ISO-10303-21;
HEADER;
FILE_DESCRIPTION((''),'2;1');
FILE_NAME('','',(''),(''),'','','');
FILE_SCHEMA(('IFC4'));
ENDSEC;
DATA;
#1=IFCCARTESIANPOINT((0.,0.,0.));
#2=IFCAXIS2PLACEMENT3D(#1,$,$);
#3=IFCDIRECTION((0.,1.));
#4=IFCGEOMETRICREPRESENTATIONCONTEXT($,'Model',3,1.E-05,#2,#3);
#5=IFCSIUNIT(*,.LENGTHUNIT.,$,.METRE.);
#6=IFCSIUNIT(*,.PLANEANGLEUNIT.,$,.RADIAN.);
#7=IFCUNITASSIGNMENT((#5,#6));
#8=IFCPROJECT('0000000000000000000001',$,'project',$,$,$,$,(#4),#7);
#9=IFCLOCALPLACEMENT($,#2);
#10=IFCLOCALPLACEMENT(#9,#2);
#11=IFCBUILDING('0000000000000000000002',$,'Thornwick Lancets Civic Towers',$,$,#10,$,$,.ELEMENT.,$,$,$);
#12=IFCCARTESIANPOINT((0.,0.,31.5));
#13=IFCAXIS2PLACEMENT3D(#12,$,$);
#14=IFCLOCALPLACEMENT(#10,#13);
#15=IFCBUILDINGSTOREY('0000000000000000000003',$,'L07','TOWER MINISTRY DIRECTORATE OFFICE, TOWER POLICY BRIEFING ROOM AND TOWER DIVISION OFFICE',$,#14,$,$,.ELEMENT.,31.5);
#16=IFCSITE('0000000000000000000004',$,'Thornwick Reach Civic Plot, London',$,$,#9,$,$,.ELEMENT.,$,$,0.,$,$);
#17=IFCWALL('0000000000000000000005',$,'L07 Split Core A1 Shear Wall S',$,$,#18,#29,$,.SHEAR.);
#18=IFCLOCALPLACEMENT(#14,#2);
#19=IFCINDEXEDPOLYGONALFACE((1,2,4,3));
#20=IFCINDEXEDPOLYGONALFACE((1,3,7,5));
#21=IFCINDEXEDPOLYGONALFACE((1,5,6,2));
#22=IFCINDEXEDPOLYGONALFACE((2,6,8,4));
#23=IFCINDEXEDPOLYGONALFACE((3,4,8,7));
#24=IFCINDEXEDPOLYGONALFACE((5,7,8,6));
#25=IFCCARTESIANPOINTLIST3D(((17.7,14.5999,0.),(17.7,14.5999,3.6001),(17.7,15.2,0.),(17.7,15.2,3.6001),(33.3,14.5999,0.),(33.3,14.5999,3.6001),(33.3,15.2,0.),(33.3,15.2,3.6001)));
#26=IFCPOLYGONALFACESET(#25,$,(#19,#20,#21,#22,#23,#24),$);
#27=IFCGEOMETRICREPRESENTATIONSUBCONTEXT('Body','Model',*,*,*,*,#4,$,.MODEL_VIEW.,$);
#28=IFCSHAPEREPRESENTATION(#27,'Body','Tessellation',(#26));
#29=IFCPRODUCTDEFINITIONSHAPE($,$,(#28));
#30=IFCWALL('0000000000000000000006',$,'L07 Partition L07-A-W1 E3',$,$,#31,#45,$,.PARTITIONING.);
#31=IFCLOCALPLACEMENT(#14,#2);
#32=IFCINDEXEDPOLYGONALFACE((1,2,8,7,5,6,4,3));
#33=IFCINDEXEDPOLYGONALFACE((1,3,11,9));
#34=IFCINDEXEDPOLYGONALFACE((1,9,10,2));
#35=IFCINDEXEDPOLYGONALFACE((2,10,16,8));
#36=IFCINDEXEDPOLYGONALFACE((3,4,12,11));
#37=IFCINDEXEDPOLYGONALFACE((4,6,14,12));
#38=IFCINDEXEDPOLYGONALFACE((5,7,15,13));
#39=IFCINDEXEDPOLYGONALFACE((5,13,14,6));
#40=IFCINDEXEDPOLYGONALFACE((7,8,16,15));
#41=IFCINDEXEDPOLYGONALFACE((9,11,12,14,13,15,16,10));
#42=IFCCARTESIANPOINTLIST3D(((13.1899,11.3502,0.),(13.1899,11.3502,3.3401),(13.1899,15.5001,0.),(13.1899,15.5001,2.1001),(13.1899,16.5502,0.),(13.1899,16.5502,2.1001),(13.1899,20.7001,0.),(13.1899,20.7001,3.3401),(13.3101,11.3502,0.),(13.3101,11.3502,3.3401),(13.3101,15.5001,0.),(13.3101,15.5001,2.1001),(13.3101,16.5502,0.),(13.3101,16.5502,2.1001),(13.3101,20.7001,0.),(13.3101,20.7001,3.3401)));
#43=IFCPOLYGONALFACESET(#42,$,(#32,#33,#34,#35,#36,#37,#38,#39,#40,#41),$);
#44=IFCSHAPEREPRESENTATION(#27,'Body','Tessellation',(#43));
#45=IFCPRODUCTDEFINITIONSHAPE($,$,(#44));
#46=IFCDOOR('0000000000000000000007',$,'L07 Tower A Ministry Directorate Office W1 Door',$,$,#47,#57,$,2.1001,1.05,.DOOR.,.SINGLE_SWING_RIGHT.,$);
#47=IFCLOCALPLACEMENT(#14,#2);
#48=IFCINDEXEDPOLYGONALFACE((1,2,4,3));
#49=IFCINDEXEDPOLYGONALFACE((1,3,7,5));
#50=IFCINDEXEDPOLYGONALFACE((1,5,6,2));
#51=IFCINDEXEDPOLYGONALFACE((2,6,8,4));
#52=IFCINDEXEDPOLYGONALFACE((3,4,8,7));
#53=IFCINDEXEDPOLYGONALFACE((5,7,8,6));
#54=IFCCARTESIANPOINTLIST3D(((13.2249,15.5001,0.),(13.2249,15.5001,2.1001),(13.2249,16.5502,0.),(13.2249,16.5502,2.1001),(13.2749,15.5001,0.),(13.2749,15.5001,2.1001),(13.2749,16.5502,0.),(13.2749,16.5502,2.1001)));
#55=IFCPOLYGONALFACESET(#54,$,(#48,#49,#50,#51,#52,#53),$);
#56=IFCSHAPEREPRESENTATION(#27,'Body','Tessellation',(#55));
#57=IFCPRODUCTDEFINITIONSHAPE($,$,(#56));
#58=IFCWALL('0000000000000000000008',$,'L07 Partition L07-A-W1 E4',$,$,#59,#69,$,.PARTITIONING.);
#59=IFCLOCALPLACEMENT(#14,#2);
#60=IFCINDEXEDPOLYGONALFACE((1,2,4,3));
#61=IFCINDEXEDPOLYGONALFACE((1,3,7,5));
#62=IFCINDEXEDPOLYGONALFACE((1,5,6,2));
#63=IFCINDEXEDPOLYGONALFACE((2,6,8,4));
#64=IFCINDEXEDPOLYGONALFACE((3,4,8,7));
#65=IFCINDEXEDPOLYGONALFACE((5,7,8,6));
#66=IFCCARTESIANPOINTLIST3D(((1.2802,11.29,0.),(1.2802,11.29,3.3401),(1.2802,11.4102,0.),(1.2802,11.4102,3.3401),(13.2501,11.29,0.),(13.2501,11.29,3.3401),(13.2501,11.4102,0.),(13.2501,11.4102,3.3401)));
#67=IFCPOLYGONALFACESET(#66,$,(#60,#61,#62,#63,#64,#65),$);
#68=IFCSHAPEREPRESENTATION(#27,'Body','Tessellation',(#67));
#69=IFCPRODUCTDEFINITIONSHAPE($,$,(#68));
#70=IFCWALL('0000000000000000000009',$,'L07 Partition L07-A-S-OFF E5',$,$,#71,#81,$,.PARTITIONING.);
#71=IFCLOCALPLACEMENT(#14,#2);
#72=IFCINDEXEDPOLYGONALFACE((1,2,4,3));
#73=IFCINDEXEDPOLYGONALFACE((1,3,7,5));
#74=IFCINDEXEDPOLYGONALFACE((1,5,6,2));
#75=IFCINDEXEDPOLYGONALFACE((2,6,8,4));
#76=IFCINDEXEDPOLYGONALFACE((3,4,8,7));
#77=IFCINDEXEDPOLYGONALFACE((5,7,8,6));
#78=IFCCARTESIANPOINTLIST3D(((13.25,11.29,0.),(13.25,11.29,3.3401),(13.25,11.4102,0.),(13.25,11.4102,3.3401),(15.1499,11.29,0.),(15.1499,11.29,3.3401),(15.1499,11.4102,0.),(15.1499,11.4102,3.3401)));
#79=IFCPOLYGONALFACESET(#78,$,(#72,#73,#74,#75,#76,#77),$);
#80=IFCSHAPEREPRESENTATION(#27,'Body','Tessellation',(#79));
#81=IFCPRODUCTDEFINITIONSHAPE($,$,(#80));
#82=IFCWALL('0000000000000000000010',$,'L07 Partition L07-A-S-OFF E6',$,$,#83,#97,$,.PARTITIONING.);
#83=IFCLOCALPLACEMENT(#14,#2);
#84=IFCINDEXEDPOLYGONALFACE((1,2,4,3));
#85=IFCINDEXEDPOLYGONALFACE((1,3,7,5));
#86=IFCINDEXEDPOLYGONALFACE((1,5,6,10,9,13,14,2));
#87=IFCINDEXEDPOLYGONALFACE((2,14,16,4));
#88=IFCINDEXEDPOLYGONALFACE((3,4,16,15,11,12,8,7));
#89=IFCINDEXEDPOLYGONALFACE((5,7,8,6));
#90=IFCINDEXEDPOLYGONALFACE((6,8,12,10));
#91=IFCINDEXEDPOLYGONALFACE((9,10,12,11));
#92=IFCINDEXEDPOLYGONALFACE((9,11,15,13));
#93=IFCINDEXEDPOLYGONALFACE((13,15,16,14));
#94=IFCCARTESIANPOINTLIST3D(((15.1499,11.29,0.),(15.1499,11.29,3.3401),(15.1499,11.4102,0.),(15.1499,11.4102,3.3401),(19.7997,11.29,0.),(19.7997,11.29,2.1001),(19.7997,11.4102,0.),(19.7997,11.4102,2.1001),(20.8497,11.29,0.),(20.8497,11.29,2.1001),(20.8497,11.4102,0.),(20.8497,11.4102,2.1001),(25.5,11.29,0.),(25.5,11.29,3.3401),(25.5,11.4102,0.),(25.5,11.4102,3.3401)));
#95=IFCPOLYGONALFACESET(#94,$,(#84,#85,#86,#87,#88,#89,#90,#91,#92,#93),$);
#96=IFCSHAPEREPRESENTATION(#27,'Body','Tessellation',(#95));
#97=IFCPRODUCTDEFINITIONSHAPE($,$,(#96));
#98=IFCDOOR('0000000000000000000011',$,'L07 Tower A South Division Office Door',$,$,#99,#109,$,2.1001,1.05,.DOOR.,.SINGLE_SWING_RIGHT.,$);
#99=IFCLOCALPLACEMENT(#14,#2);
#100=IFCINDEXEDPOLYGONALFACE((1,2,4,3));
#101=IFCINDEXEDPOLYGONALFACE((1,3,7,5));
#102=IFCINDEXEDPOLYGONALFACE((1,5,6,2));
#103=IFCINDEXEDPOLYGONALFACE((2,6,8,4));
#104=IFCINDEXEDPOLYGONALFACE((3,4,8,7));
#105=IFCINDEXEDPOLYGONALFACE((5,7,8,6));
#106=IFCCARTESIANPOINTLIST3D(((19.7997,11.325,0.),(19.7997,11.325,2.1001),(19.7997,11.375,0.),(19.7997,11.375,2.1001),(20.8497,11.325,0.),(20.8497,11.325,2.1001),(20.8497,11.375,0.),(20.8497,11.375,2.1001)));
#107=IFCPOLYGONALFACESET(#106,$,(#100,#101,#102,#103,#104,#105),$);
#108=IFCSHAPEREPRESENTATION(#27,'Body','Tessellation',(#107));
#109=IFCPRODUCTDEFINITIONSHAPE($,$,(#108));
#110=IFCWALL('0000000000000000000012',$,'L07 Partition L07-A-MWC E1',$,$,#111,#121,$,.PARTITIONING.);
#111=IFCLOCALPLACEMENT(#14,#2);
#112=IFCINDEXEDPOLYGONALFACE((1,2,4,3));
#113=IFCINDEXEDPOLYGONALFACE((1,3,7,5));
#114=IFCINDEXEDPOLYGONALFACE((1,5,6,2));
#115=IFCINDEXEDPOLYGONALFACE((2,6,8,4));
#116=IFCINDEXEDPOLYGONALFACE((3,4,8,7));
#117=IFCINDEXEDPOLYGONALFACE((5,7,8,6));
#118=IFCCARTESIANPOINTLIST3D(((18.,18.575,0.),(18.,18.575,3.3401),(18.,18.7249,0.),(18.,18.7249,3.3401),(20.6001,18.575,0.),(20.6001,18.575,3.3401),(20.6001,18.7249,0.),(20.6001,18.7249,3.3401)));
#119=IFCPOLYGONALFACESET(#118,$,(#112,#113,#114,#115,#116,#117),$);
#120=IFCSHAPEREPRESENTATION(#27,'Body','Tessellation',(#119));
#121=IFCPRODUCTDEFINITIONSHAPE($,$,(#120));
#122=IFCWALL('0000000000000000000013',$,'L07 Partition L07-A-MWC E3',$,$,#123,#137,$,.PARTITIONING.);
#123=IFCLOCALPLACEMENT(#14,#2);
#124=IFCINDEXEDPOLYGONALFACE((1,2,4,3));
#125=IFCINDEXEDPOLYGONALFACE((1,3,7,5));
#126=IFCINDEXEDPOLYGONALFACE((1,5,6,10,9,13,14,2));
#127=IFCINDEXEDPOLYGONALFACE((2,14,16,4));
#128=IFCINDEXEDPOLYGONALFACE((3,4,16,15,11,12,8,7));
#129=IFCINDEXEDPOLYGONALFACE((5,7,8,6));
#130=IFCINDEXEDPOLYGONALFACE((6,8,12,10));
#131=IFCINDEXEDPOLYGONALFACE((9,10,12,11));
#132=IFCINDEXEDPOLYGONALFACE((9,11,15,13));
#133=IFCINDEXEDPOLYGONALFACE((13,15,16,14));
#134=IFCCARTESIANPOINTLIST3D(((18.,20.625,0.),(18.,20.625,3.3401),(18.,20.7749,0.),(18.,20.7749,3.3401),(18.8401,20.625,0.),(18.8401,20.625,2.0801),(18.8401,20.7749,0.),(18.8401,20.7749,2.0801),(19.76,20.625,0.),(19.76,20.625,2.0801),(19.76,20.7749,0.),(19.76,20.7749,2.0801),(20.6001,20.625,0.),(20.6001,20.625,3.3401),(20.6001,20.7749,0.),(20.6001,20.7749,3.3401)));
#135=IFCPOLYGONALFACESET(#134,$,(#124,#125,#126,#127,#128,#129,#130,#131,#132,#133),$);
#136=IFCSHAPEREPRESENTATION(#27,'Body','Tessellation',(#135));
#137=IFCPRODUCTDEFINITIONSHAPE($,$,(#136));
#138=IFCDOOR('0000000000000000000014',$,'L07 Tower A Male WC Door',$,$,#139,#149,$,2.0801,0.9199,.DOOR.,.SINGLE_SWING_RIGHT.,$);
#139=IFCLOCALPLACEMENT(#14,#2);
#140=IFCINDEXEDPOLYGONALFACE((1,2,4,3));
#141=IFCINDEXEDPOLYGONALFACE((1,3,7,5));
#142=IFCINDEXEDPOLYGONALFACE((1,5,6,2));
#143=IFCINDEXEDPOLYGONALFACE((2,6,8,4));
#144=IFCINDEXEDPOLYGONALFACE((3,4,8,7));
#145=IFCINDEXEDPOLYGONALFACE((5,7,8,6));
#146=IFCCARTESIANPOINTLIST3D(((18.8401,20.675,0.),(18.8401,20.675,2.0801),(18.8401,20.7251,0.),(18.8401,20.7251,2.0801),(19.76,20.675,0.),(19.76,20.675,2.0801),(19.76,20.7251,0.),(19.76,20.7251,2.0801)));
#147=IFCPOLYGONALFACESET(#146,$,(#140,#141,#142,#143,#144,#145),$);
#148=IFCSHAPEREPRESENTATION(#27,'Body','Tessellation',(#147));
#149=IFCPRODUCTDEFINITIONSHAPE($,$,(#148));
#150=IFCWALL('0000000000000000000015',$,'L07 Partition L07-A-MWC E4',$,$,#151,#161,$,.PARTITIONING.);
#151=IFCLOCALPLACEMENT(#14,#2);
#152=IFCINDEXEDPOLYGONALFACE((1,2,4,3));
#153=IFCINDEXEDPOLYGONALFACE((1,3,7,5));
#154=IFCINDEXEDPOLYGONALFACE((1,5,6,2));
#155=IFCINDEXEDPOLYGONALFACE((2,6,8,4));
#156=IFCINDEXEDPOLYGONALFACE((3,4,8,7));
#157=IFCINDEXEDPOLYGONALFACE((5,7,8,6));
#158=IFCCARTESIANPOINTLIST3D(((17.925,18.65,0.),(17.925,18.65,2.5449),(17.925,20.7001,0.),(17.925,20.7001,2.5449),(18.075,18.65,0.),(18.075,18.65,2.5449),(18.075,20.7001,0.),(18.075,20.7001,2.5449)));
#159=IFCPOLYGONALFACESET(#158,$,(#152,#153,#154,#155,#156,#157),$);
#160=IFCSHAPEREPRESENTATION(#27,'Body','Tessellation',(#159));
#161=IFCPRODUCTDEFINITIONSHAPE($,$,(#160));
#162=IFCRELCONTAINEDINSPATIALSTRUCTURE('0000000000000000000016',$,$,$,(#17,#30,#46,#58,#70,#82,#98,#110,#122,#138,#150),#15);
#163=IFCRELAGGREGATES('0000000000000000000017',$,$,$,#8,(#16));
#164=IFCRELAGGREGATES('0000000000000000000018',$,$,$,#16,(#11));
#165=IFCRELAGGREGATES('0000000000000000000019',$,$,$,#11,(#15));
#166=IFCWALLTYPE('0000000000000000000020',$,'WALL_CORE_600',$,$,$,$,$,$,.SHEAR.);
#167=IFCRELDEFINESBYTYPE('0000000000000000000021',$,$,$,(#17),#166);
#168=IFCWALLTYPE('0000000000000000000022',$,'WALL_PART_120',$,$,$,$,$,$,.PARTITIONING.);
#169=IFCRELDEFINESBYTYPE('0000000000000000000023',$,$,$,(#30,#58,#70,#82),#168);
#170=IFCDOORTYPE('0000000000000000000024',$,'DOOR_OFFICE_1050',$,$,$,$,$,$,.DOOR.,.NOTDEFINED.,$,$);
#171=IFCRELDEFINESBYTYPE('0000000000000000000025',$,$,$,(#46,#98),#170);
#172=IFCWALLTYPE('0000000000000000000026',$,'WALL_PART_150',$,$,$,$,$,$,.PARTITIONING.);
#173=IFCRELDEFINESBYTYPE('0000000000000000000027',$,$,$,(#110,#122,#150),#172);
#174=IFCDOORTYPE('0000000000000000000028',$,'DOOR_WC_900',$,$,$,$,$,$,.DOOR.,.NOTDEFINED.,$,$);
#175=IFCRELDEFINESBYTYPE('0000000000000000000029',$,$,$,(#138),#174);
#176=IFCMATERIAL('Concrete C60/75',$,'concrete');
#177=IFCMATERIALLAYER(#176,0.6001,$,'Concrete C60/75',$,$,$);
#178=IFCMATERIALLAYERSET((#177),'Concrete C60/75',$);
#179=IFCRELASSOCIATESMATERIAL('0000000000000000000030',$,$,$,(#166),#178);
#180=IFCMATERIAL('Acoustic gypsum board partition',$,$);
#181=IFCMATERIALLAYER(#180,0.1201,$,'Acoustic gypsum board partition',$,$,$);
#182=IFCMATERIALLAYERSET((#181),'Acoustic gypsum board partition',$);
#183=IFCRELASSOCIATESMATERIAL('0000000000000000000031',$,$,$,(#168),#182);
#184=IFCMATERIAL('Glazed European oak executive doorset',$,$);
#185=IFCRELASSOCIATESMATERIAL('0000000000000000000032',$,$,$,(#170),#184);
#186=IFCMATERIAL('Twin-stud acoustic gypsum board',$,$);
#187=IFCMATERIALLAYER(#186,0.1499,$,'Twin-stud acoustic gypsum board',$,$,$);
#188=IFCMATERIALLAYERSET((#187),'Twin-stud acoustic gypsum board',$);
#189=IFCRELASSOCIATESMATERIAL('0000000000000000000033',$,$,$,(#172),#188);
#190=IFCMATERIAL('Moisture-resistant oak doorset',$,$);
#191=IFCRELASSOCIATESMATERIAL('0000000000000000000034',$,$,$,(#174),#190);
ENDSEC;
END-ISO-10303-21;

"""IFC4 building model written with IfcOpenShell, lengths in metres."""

from ifc_helpers import new_model, si_unit, direction, frame, frame_2d, origin, place, context, subcontext, project, spatial, rectangle, extrude, material, layer, layer_set, type_object, element, fill, save


model = new_model("IFC4")

# Units and contexts
model_context = context("Model", 3, precision=1e-05, world=origin(), true_north=direction((0.0, 1.0)))
body_context = subcontext(model_context, "Body", "Model", "MODEL_VIEW")
ifc_project = project(units=[si_unit("LENGTHUNIT", "METRE"), si_unit("PLANEANGLEUNIT", "RADIAN")], contexts=[model_context])

# Site, building, storey
site_placement = place(None, origin())
site = spatial("IfcSite", under=ifc_project, at=site_placement, Name="Thornwick Reach Civic Plot, London", CompositionType="ELEMENT", RefElevation=0.0)
building_placement = place(site_placement, origin())
building = spatial("IfcBuilding", under=site, at=building_placement, Name="Thornwick Lancets Civic Towers", CompositionType="ELEMENT")
storey_placement = place(building_placement, frame((0.0, 0.0, 31.5)))
storey = spatial("IfcBuildingStorey", under=building, at=storey_placement, Name="L07", Description="TOWER MINISTRY DIRECTORATE OFFICE, TOWER POLICY BRIEFING ROOM AND TOWER DIVISION OFFICE", CompositionType="ELEMENT", Elevation=31.5)

# Shared definitions
ifc_material_1 = material(Name="Concrete C60/75", Category="concrete")

# Wall
ifc_layer_1 = layer(ifc_material_1, 0.6001, Name="Concrete C60/75")
ifc_layer_set_1 = layer_set([ifc_layer_1], Name="Concrete C60/75")
wall_type_1 = type_object("IfcWallType", Name="WALL_CORE_600", PredefinedType="SHEAR", material=ifc_layer_set_1)
wall_1_placement = place(storey_placement, frame((17.7, 14.8999, 0.0), z_axis=(0.0, 0.0, 1.0), x_axis=(1.0, 0.0, 0.0)))
element("IfcWall", 1, at=wall_1_placement, inside=storey, type_object=wall_type_1, Name="L07 Split Core A1 Shear Wall S", PredefinedType="SHEAR", context=body_context, shape_type="SweptSolid", body=[
    extrude(rectangle(XDim=15.6001, YDim=0.6001, at=frame_2d((7.8, 0.0))), origin(), (0.0, 0.0, 1.0), 3.6001),
])

# Wall, opening, door
ifc_material_2 = material(Name="Acoustic gypsum board partition")
ifc_layer_2 = layer(ifc_material_2, 0.1201, Name="Acoustic gypsum board partition")
ifc_layer_set_2 = layer_set([ifc_layer_2], Name="Acoustic gypsum board partition")
wall_type_2 = type_object("IfcWallType", Name="WALL_PART_120", PredefinedType="PARTITIONING", material=ifc_layer_set_2)
wall_2_placement = place(storey_placement, frame((13.25, 20.7, 0.0), z_axis=(0.0, 0.0, 1.0), x_axis=(0.0, -1.0, 0.0)))
wall_2 = element("IfcWall", 2, at=wall_2_placement, inside=storey, type_object=wall_type_2, Name="L07 Partition L07-A-W1 E3", PredefinedType="PARTITIONING", context=body_context, shape_type="SweptSolid", body=[
    extrude(rectangle(XDim=9.3499, YDim=0.1201, at=frame_2d((4.6748, 0.0))), origin(), (0.0, 0.0, 1.0), 3.3401),
])
opening_1_placement = place(wall_2_placement, frame((4.1499, 0.0, 0.0)))
opening_1 = element("IfcOpeningElement", 3, at=opening_1_placement, cuts=wall_2, PredefinedType="OPENING", context=body_context, shape_type="SweptSolid", body=[
    extrude(rectangle(XDim=1.05, YDim=2.1001, at=frame_2d((0.5249, 1.05))), frame((0.0, 0.0701, 0.0), z_axis=(0.0, -1.0, 0.0), x_axis=(1.0, 0.0, 0.0)), (0.0, 0.0, 1.0), 0.1401),
])
ifc_material_3 = material(Name="Glazed European oak executive doorset")
door_type_1 = type_object("IfcDoorType", Name="DOOR_OFFICE_1050", OperationType="NOTDEFINED", PredefinedType="DOOR", material=ifc_material_3)
door_1_placement = place(opening_1_placement, origin())
door_1 = element("IfcDoor", 4, at=door_1_placement, inside=storey, type_object=door_type_1, Name="L07 Tower A Ministry Directorate Office W1 Door", OperationType="SINGLE_SWING_RIGHT", OverallHeight=2.1001, OverallWidth=1.05, PredefinedType="DOOR", context=body_context, shape_type="SweptSolid", body=[
    extrude(rectangle(XDim=1.05, YDim=2.1001, at=frame_2d((0.5249, 1.05))), frame((0.0, 0.0249, 0.0), z_axis=(0.0, -1.0, 0.0), x_axis=(1.0, 0.0, 0.0)), (0.0, 0.0, 1.0), 0.05),
])
fill(opening_1, door_1)

# Walls
wall_3_placement = place(storey_placement, frame((13.25, 11.3501, 0.0), z_axis=(0.0, 0.0, 1.0), x_axis=(-1.0, 0.0, 0.0)))
element("IfcWall", 5, at=wall_3_placement, inside=storey, type_object=wall_type_2, Name="L07 Partition L07-A-W1 E4", PredefinedType="PARTITIONING", context=body_context, shape_type="SweptSolid", body=[
    extrude(rectangle(XDim=11.97, YDim=0.1201, at=frame_2d((5.9849, 0.0))), origin(), (0.0, 0.0, 1.0), 3.3401),
])
wall_4_placement = place(storey_placement, frame((13.25, 11.3501, 0.0), z_axis=(0.0, 0.0, 1.0), x_axis=(1.0, 0.0, 0.0)))
element("IfcWall", 6, at=wall_4_placement, inside=storey, type_object=wall_type_2, Name="L07 Partition L07-A-S-OFF E5", PredefinedType="PARTITIONING", context=body_context, shape_type="SweptSolid", body=[
    extrude(rectangle(XDim=1.8999, YDim=0.1201, at=frame_2d((0.95, 0.0))), origin(), (0.0, 0.0, 1.0), 3.3401),
])

# Wall, opening, door
wall_5_placement = place(storey_placement, frame((15.1499, 11.3501, 0.0), z_axis=(0.0, 0.0, 1.0), x_axis=(1.0, 0.0, 0.0)))
wall_5 = element("IfcWall", 7, at=wall_5_placement, inside=storey, type_object=wall_type_2, Name="L07 Partition L07-A-S-OFF E6", PredefinedType="PARTITIONING", context=body_context, shape_type="SweptSolid", body=[
    extrude(rectangle(XDim=10.3501, YDim=0.1201, at=frame_2d((5.175, 0.0))), origin(), (0.0, 0.0, 1.0), 3.3401),
])
opening_2_placement = place(wall_5_placement, frame((4.6499, 0.0, 0.0)))
opening_2 = element("IfcOpeningElement", 8, at=opening_2_placement, cuts=wall_5, PredefinedType="OPENING", context=body_context, shape_type="SweptSolid", body=[
    extrude(rectangle(XDim=1.05, YDim=2.1001, at=frame_2d((0.5249, 1.05))), frame((0.0, 0.0701, 0.0), z_axis=(0.0, -1.0, 0.0), x_axis=(1.0, 0.0, 0.0)), (0.0, 0.0, 1.0), 0.1401),
])
door_2_placement = place(opening_2_placement, origin())
door_2 = element("IfcDoor", 9, at=door_2_placement, inside=storey, type_object=door_type_1, Name="L07 Tower A South Division Office Door", OperationType="SINGLE_SWING_RIGHT", OverallHeight=2.1001, OverallWidth=1.05, PredefinedType="DOOR", context=body_context, shape_type="SweptSolid", body=[
    extrude(rectangle(XDim=1.05, YDim=2.1001, at=frame_2d((0.5249, 1.05))), frame((0.0, 0.0249, 0.0), z_axis=(0.0, -1.0, 0.0), x_axis=(1.0, 0.0, 0.0)), (0.0, 0.0, 1.0), 0.05),
])
fill(opening_2, door_2)

# Wall
ifc_material_4 = material(Name="Twin-stud acoustic gypsum board")
ifc_layer_3 = layer(ifc_material_4, 0.1499, Name="Twin-stud acoustic gypsum board")
ifc_layer_set_3 = layer_set([ifc_layer_3], Name="Twin-stud acoustic gypsum board")
wall_type_3 = type_object("IfcWallType", Name="WALL_PART_150", PredefinedType="PARTITIONING", material=ifc_layer_set_3)
wall_6_placement = place(storey_placement, frame((18.0, 18.6499, 0.0), z_axis=(0.0, 0.0, 1.0), x_axis=(1.0, 0.0, 0.0)))
element("IfcWall", 10, at=wall_6_placement, inside=storey, type_object=wall_type_3, Name="L07 Partition L07-A-MWC E1", PredefinedType="PARTITIONING", context=body_context, shape_type="SweptSolid", body=[
    extrude(rectangle(XDim=2.6001, YDim=0.1499, at=frame_2d((1.3, 0.0))), origin(), (0.0, 0.0, 1.0), 3.3401),
])

# Wall, opening, door
wall_7_placement = place(storey_placement, frame((20.6001, 20.7, 0.0), z_axis=(0.0, 0.0, 1.0), x_axis=(-1.0, 0.0, 0.0)))
wall_7 = element("IfcWall", 11, at=wall_7_placement, inside=storey, type_object=wall_type_3, Name="L07 Partition L07-A-MWC E3", PredefinedType="PARTITIONING", context=body_context, shape_type="SweptSolid", body=[
    extrude(rectangle(XDim=2.6001, YDim=0.1499, at=frame_2d((1.3, 0.0))), origin(), (0.0, 0.0, 1.0), 3.3401),
])
opening_3_placement = place(wall_7_placement, frame((0.8401, 0.0, 0.0)))
opening_3 = element("IfcOpeningElement", 12, at=opening_3_placement, cuts=wall_7, PredefinedType="OPENING", context=body_context, shape_type="SweptSolid", body=[
    extrude(rectangle(XDim=0.9199, YDim=2.0801, at=frame_2d((0.46, 1.04))), frame((0.0, 0.085, 0.0), z_axis=(0.0, -1.0, 0.0), x_axis=(1.0, 0.0, 0.0)), (0.0, 0.0, 1.0), 0.1699),
])
ifc_material_5 = material(Name="Moisture-resistant oak doorset")
door_type_2 = type_object("IfcDoorType", Name="DOOR_WC_900", OperationType="NOTDEFINED", PredefinedType="DOOR", material=ifc_material_5)
door_3_placement = place(opening_3_placement, origin())
door_3 = element("IfcDoor", 13, at=door_3_placement, inside=storey, type_object=door_type_2, Name="L07 Tower A Male WC Door", OperationType="SINGLE_SWING_RIGHT", OverallHeight=2.0801, OverallWidth=0.9199, PredefinedType="DOOR", context=body_context, shape_type="SweptSolid", body=[
    extrude(rectangle(XDim=0.9199, YDim=2.0801, at=frame_2d((0.46, 1.04))), frame((0.0, 0.0249, 0.0), z_axis=(0.0, -1.0, 0.0), x_axis=(1.0, 0.0, 0.0)), (0.0, 0.0, 1.0), 0.05),
])
fill(opening_3, door_3)

# Wall
wall_8_placement = place(storey_placement, frame((18.0, 20.7, 0.0), z_axis=(0.0, 0.0, 1.0), x_axis=(0.0, -1.0, 0.0)))
element("IfcWall", 14, at=wall_8_placement, inside=storey, type_object=wall_type_3, Name="L07 Partition L07-A-MWC E4", PredefinedType="PARTITIONING", context=body_context, shape_type="SweptSolid", body=[
    extrude(rectangle(XDim=2.05, YDim=0.1499, at=frame_2d((1.0249, 0.0))), origin(), (0.0, 0.0, 1.0), 2.5449),
])

save(model, "model.ifc")
